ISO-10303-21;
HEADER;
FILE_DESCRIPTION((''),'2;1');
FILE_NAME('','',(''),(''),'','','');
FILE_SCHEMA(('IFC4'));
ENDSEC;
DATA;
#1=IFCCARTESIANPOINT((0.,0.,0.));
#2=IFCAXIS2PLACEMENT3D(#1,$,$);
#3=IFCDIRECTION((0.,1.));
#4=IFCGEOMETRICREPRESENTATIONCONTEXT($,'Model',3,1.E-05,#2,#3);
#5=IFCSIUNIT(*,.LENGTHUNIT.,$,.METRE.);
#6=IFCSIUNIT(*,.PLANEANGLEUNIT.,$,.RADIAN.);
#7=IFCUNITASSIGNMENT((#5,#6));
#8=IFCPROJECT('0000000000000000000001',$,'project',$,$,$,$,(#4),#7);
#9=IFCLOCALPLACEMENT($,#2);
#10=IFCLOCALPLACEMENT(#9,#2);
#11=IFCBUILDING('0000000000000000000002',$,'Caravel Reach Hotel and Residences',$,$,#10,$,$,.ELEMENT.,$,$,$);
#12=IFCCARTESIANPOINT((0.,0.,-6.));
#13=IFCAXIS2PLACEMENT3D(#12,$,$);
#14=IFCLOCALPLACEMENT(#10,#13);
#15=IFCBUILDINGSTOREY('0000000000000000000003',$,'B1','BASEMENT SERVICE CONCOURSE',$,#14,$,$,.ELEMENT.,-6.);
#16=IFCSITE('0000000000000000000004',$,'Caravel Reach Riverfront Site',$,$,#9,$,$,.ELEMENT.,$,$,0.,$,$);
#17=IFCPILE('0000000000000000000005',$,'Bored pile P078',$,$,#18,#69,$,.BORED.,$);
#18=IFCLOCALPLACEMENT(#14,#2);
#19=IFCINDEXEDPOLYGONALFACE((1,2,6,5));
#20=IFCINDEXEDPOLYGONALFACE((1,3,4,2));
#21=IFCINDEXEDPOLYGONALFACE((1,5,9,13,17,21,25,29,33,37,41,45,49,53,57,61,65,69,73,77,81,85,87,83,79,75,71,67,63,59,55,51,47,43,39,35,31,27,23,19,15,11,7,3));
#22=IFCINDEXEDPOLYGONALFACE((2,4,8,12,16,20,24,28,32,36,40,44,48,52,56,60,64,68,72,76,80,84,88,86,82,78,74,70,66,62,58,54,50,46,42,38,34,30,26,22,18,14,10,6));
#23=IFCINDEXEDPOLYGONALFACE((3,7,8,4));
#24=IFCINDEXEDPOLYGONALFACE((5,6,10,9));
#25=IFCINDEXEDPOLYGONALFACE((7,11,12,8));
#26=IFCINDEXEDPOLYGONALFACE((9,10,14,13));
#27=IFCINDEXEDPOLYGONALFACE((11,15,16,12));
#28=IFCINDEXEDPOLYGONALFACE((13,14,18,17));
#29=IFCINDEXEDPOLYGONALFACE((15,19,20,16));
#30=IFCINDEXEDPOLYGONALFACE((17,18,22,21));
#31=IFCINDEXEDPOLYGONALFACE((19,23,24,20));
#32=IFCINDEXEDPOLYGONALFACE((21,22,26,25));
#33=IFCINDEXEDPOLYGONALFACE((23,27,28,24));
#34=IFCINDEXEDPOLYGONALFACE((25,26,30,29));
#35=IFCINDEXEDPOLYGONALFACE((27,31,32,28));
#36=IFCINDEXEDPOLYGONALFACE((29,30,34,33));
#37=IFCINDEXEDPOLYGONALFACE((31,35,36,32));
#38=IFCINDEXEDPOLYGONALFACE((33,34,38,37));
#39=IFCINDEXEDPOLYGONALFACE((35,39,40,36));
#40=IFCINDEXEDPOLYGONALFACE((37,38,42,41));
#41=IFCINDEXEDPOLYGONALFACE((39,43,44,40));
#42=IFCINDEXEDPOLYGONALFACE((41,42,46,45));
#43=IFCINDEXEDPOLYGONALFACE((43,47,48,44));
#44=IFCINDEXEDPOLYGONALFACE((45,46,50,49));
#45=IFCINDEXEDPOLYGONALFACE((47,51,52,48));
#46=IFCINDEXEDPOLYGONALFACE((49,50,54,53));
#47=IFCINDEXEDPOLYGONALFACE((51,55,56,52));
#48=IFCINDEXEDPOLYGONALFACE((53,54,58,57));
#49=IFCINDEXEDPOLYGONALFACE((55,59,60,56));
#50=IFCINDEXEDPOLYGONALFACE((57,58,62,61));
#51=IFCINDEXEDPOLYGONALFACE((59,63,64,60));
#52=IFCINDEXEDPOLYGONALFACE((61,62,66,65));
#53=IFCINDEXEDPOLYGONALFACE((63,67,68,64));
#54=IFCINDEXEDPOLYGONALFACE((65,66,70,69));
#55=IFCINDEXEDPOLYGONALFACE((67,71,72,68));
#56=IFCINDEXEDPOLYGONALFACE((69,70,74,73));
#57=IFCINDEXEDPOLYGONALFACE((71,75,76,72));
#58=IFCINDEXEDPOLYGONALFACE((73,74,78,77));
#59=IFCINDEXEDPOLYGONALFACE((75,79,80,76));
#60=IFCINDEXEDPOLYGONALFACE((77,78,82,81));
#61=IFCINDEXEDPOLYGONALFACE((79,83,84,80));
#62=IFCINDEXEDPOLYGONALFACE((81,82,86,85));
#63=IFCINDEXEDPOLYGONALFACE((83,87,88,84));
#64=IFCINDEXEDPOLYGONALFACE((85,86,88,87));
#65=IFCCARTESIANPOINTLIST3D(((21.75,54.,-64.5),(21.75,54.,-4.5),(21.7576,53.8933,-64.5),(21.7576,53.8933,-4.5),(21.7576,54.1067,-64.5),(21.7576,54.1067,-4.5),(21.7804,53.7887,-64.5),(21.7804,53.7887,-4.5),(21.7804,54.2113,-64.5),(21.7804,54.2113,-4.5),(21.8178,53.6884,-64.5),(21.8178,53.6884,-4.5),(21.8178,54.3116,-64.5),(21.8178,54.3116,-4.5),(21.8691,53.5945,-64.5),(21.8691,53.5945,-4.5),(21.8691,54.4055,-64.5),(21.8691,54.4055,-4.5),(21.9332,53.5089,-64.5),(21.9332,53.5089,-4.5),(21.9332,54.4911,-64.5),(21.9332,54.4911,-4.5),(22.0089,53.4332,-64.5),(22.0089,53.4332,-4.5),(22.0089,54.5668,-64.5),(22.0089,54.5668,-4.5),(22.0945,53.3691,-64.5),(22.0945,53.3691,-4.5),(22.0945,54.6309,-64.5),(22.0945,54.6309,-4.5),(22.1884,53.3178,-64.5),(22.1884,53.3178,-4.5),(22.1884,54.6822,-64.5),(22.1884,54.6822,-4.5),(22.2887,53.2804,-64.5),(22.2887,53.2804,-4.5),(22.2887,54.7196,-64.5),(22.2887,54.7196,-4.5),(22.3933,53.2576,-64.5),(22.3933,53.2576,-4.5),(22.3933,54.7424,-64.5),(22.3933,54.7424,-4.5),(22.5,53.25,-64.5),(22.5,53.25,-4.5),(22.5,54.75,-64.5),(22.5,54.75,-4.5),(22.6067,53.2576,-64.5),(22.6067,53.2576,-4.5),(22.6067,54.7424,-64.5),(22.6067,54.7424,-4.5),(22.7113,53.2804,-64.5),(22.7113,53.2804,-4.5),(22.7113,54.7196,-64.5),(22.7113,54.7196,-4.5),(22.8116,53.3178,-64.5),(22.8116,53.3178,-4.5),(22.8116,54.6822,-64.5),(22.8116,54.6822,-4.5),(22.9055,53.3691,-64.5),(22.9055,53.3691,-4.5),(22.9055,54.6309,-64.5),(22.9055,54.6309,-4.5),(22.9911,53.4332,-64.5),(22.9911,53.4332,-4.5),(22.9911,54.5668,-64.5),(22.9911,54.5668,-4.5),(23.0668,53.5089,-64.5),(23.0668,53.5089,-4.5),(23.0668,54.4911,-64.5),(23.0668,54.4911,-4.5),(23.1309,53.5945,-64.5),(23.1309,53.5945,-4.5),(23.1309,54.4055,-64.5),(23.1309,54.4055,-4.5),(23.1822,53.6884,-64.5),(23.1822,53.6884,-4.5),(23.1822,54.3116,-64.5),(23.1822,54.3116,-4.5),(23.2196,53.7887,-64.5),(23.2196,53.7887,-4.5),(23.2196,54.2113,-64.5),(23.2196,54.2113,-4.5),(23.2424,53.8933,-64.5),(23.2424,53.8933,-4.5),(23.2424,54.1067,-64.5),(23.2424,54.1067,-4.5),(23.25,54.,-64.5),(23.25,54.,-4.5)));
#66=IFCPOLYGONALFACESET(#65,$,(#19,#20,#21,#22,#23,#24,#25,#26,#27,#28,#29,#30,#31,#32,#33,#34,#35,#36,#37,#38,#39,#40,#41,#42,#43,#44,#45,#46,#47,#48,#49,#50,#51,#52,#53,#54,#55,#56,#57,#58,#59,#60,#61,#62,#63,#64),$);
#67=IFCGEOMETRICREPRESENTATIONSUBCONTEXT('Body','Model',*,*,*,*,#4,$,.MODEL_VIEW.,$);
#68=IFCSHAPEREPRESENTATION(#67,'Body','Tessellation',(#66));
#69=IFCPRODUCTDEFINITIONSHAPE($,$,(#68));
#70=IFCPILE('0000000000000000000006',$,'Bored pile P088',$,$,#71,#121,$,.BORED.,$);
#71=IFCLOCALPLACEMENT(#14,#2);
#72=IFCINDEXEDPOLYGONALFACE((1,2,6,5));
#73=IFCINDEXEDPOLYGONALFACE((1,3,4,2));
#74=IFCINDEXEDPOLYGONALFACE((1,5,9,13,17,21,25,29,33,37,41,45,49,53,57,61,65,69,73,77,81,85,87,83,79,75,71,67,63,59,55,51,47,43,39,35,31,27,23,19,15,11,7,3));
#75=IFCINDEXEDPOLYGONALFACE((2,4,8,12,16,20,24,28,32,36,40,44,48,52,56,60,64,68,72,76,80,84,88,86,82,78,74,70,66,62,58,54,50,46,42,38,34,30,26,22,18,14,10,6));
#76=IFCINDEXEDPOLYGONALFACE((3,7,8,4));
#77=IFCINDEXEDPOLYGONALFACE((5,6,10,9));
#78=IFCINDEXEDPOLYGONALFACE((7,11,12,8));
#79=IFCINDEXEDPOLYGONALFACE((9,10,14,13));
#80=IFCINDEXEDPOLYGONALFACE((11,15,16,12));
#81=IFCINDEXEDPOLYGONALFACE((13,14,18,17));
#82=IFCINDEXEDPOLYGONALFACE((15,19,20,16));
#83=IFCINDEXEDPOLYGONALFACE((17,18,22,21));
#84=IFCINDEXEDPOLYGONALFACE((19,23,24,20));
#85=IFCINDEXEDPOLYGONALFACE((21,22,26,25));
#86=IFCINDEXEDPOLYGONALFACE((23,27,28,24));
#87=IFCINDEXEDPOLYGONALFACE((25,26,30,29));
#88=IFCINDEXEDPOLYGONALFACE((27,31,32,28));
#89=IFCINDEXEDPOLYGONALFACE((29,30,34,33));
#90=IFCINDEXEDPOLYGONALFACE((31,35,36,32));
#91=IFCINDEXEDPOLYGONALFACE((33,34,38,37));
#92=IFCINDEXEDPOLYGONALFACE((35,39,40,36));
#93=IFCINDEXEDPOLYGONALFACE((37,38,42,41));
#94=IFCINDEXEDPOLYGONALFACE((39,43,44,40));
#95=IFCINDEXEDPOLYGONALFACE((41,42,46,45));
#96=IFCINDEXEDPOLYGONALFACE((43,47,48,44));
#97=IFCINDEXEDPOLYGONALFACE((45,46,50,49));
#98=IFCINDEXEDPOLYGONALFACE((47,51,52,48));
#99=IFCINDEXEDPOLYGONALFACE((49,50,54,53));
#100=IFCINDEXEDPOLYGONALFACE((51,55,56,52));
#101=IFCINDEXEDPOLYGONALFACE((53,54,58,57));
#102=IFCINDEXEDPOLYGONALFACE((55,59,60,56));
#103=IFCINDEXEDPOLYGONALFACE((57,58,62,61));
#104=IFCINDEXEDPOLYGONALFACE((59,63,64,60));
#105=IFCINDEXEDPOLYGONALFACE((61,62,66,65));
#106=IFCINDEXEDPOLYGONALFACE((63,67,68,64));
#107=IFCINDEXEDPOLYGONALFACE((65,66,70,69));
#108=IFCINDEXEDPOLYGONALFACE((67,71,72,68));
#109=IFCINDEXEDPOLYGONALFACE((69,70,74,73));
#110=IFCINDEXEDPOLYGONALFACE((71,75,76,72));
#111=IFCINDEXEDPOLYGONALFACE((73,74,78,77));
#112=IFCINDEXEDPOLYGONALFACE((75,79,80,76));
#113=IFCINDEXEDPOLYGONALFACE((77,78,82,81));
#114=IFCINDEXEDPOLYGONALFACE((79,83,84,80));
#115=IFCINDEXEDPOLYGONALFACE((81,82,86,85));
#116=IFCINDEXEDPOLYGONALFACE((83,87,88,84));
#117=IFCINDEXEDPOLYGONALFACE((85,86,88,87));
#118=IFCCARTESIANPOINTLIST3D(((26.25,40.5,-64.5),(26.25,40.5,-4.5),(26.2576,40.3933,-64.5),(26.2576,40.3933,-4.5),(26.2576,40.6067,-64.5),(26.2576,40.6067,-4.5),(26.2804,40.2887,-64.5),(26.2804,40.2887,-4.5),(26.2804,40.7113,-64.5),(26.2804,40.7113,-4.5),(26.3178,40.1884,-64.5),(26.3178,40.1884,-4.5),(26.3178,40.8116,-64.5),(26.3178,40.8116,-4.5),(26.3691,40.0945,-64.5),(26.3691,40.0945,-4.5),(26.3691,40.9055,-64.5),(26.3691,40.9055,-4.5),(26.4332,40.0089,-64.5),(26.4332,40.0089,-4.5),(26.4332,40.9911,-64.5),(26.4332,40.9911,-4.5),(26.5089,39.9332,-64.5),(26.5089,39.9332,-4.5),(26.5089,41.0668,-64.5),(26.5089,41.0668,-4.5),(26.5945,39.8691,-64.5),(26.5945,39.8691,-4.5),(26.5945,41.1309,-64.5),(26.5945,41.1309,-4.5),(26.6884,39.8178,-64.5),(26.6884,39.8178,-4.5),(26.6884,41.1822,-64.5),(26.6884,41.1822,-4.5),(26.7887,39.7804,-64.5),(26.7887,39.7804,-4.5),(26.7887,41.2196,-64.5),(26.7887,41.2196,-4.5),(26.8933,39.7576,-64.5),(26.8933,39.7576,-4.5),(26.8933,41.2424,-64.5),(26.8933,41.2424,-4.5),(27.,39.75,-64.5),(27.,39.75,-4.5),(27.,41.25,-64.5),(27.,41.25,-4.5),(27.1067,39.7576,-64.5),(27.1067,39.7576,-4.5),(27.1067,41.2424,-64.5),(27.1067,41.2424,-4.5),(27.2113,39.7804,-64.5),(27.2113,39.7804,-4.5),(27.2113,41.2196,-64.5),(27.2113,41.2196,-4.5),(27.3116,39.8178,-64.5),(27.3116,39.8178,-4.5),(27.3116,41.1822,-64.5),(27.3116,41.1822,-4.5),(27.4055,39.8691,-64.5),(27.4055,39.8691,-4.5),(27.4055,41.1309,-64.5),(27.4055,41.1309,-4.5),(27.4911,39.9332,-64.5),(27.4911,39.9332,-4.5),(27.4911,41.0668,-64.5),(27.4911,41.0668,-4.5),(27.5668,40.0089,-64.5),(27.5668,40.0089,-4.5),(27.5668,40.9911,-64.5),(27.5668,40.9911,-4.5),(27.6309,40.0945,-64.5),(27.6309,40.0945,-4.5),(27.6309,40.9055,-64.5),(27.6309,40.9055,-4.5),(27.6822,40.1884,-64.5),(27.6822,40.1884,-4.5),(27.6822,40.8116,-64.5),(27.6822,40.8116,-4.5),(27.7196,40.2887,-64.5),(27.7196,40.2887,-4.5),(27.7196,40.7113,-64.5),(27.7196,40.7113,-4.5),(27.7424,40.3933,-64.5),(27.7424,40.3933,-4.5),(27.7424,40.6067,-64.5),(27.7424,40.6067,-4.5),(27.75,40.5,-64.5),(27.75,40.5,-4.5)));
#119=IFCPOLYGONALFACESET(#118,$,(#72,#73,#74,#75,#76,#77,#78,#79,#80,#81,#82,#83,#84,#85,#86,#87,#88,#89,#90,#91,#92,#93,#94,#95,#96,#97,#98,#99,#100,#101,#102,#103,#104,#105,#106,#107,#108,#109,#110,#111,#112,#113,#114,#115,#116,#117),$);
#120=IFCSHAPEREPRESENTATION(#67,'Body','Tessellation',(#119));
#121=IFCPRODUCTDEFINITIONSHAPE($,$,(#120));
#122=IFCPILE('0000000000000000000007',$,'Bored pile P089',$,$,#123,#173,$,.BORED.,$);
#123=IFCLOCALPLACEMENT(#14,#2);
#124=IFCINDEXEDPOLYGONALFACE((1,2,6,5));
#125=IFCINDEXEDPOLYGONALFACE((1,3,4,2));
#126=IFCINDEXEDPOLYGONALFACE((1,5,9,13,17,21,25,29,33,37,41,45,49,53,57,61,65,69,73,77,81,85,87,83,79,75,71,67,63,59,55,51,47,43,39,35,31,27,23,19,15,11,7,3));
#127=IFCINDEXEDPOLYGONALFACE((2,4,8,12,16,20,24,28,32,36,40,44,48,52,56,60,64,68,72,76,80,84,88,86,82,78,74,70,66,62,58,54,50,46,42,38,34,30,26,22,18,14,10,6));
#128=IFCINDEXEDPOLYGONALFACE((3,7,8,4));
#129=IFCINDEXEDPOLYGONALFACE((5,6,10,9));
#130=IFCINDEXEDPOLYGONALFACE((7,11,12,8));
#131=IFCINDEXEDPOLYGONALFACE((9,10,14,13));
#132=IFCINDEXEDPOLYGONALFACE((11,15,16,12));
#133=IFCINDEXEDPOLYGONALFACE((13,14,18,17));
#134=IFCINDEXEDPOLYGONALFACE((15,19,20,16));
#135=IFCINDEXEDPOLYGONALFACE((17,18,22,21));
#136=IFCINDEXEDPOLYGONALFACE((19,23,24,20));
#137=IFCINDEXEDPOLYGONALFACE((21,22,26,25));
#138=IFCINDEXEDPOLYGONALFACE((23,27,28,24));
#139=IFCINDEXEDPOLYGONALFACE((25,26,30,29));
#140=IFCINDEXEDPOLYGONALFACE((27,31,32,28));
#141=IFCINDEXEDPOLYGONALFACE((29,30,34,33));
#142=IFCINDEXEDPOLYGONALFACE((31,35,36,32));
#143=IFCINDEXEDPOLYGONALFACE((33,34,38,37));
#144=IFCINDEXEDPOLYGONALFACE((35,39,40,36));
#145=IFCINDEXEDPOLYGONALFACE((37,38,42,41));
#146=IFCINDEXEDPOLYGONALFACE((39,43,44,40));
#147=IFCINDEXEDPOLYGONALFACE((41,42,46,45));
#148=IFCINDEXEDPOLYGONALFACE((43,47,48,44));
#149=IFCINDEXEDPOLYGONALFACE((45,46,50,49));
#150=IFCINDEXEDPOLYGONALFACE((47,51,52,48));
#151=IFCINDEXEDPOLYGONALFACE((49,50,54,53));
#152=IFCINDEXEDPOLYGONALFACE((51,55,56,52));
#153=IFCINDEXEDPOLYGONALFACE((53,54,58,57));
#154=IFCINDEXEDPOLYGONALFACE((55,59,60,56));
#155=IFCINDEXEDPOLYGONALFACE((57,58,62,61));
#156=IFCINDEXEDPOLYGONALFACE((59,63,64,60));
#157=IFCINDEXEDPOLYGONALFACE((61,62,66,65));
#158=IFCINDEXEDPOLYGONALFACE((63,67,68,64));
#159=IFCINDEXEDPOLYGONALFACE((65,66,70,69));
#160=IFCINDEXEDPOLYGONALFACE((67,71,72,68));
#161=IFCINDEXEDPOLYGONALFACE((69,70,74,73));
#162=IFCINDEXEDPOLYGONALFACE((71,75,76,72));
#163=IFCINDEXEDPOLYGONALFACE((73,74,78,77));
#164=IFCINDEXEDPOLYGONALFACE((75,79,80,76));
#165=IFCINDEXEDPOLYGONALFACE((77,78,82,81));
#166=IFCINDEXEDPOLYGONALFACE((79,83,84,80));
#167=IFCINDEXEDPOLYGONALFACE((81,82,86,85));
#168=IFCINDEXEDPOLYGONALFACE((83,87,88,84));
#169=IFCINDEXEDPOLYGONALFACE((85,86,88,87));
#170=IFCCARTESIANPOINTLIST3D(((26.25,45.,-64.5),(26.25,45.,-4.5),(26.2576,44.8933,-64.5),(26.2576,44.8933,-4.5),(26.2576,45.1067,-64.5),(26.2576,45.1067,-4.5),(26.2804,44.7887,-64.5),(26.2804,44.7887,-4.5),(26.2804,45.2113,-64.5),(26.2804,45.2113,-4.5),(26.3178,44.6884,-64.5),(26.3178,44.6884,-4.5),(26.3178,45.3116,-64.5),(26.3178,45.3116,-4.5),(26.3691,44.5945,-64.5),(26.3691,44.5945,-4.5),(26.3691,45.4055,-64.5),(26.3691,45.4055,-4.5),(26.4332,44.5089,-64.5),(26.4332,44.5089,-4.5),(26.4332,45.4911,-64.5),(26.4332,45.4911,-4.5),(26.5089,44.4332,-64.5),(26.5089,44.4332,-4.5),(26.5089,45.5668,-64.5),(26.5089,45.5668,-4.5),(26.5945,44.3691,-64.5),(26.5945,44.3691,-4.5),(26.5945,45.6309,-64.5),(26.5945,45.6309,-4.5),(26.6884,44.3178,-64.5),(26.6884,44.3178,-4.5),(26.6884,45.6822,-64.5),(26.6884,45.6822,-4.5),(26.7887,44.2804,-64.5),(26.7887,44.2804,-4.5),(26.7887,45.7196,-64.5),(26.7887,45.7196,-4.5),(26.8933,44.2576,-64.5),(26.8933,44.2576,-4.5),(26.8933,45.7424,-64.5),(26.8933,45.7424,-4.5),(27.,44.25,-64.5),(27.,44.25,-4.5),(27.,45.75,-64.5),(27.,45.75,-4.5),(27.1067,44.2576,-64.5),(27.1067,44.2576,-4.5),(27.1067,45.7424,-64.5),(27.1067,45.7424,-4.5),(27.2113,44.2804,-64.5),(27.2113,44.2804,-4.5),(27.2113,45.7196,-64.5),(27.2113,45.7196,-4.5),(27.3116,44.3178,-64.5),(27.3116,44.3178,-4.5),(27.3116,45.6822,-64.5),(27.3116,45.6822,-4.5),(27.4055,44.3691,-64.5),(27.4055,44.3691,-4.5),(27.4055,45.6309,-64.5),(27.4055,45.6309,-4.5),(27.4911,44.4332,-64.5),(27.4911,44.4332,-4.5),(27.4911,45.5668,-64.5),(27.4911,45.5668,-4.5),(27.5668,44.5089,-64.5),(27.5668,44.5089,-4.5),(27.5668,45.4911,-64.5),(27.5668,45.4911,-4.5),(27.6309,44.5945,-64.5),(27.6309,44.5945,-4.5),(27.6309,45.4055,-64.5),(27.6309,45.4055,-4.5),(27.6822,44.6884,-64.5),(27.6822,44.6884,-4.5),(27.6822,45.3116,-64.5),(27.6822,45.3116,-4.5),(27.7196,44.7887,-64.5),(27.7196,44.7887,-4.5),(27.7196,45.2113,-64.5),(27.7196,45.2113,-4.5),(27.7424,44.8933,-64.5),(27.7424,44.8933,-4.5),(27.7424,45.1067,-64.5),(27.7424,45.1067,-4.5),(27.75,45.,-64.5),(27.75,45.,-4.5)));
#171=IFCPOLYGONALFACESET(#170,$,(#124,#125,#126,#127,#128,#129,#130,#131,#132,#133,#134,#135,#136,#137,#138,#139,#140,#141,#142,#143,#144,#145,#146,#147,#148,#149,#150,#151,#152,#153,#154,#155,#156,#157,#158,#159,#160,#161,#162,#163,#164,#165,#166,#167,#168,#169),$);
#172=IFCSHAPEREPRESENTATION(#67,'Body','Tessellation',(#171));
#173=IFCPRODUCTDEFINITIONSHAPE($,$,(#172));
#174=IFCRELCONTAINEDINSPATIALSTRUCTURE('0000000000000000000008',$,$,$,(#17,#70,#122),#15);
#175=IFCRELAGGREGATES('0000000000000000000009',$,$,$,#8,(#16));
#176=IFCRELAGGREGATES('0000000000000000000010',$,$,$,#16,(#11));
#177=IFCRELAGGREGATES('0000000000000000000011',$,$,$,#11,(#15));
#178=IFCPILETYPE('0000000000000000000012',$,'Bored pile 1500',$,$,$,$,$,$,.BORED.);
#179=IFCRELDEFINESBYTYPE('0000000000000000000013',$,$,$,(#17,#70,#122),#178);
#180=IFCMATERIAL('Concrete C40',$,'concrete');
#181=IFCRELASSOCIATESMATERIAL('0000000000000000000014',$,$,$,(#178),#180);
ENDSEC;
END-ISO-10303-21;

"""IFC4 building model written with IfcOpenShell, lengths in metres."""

from ifc_helpers import new_model, si_unit, direction, frame, origin, origin_2d, place, context, subcontext, project, spatial, circle, extrude, material, material_profile, profile_set, type_object, element, save


model = new_model("IFC4")

# Units and contexts
model_context = context("Model", 3, precision=1e-05, world=origin(), true_north=direction((0.0, 1.0)))
body_context = subcontext(model_context, "Body", "Model", "MODEL_VIEW")
ifc_project = project(units=[si_unit("LENGTHUNIT", "METRE"), si_unit("PLANEANGLEUNIT", "RADIAN")], contexts=[model_context])

# Site, building, storey
site_placement = place(None, origin())
site = spatial("IfcSite", under=ifc_project, at=site_placement, Name="Caravel Reach Riverfront Site", CompositionType="ELEMENT", RefElevation=0.0)
building_placement = place(site_placement, origin())
building = spatial("IfcBuilding", under=site, at=building_placement, Name="Caravel Reach Hotel and Residences", CompositionType="ELEMENT")
storey_placement = place(building_placement, frame((0.0, 0.0, -6.0)))
storey = spatial("IfcBuildingStorey", under=building, at=storey_placement, Name="B1", Description="BASEMENT SERVICE CONCOURSE", CompositionType="ELEMENT", Elevation=-6.0)

# Piles
ifc_material_1 = material(Name="Concrete C40", Category="concrete")
ifc_material_profile_1 = material_profile(ifc_material_1, circle(Radius=0.75, at=origin_2d()), Name="PILE 1500")
ifc_profile_set_1 = profile_set([ifc_material_profile_1], Name="Concrete C40")
pile_type = type_object("IfcPileType", Name="Bored pile 1500", PredefinedType="BORED", material=ifc_profile_set_1)
for number, where, z_axis, x_axis, name in (
    (1, (22.5, 54.0, -4.5), (0.0, 0.0, -1.0), (1.0, 0.0, 0.0), "Bored pile P078"),
    (2, (27.0, 40.5, -4.5), (0.0, 0.0, -1.0), (1.0, 0.0, 0.0), "Bored pile P088"),
    (3, (27.0, 45.0, -4.5), (0.0, 0.0, -1.0), (1.0, 0.0, 0.0), "Bored pile P089"),
):
    element("IfcPile", number, at=place(storey_placement, frame(where, z_axis=z_axis, x_axis=x_axis)), inside=storey, type_object=pile_type, Name=name, PredefinedType="BORED", context=body_context, shape_type="SweptSolid", body=[
        extrude(circle(Radius=0.75, at=origin_2d()), origin(), (0.0, 0.0, 1.0), 60.0),
    ])

save(model, "model.ifc")
